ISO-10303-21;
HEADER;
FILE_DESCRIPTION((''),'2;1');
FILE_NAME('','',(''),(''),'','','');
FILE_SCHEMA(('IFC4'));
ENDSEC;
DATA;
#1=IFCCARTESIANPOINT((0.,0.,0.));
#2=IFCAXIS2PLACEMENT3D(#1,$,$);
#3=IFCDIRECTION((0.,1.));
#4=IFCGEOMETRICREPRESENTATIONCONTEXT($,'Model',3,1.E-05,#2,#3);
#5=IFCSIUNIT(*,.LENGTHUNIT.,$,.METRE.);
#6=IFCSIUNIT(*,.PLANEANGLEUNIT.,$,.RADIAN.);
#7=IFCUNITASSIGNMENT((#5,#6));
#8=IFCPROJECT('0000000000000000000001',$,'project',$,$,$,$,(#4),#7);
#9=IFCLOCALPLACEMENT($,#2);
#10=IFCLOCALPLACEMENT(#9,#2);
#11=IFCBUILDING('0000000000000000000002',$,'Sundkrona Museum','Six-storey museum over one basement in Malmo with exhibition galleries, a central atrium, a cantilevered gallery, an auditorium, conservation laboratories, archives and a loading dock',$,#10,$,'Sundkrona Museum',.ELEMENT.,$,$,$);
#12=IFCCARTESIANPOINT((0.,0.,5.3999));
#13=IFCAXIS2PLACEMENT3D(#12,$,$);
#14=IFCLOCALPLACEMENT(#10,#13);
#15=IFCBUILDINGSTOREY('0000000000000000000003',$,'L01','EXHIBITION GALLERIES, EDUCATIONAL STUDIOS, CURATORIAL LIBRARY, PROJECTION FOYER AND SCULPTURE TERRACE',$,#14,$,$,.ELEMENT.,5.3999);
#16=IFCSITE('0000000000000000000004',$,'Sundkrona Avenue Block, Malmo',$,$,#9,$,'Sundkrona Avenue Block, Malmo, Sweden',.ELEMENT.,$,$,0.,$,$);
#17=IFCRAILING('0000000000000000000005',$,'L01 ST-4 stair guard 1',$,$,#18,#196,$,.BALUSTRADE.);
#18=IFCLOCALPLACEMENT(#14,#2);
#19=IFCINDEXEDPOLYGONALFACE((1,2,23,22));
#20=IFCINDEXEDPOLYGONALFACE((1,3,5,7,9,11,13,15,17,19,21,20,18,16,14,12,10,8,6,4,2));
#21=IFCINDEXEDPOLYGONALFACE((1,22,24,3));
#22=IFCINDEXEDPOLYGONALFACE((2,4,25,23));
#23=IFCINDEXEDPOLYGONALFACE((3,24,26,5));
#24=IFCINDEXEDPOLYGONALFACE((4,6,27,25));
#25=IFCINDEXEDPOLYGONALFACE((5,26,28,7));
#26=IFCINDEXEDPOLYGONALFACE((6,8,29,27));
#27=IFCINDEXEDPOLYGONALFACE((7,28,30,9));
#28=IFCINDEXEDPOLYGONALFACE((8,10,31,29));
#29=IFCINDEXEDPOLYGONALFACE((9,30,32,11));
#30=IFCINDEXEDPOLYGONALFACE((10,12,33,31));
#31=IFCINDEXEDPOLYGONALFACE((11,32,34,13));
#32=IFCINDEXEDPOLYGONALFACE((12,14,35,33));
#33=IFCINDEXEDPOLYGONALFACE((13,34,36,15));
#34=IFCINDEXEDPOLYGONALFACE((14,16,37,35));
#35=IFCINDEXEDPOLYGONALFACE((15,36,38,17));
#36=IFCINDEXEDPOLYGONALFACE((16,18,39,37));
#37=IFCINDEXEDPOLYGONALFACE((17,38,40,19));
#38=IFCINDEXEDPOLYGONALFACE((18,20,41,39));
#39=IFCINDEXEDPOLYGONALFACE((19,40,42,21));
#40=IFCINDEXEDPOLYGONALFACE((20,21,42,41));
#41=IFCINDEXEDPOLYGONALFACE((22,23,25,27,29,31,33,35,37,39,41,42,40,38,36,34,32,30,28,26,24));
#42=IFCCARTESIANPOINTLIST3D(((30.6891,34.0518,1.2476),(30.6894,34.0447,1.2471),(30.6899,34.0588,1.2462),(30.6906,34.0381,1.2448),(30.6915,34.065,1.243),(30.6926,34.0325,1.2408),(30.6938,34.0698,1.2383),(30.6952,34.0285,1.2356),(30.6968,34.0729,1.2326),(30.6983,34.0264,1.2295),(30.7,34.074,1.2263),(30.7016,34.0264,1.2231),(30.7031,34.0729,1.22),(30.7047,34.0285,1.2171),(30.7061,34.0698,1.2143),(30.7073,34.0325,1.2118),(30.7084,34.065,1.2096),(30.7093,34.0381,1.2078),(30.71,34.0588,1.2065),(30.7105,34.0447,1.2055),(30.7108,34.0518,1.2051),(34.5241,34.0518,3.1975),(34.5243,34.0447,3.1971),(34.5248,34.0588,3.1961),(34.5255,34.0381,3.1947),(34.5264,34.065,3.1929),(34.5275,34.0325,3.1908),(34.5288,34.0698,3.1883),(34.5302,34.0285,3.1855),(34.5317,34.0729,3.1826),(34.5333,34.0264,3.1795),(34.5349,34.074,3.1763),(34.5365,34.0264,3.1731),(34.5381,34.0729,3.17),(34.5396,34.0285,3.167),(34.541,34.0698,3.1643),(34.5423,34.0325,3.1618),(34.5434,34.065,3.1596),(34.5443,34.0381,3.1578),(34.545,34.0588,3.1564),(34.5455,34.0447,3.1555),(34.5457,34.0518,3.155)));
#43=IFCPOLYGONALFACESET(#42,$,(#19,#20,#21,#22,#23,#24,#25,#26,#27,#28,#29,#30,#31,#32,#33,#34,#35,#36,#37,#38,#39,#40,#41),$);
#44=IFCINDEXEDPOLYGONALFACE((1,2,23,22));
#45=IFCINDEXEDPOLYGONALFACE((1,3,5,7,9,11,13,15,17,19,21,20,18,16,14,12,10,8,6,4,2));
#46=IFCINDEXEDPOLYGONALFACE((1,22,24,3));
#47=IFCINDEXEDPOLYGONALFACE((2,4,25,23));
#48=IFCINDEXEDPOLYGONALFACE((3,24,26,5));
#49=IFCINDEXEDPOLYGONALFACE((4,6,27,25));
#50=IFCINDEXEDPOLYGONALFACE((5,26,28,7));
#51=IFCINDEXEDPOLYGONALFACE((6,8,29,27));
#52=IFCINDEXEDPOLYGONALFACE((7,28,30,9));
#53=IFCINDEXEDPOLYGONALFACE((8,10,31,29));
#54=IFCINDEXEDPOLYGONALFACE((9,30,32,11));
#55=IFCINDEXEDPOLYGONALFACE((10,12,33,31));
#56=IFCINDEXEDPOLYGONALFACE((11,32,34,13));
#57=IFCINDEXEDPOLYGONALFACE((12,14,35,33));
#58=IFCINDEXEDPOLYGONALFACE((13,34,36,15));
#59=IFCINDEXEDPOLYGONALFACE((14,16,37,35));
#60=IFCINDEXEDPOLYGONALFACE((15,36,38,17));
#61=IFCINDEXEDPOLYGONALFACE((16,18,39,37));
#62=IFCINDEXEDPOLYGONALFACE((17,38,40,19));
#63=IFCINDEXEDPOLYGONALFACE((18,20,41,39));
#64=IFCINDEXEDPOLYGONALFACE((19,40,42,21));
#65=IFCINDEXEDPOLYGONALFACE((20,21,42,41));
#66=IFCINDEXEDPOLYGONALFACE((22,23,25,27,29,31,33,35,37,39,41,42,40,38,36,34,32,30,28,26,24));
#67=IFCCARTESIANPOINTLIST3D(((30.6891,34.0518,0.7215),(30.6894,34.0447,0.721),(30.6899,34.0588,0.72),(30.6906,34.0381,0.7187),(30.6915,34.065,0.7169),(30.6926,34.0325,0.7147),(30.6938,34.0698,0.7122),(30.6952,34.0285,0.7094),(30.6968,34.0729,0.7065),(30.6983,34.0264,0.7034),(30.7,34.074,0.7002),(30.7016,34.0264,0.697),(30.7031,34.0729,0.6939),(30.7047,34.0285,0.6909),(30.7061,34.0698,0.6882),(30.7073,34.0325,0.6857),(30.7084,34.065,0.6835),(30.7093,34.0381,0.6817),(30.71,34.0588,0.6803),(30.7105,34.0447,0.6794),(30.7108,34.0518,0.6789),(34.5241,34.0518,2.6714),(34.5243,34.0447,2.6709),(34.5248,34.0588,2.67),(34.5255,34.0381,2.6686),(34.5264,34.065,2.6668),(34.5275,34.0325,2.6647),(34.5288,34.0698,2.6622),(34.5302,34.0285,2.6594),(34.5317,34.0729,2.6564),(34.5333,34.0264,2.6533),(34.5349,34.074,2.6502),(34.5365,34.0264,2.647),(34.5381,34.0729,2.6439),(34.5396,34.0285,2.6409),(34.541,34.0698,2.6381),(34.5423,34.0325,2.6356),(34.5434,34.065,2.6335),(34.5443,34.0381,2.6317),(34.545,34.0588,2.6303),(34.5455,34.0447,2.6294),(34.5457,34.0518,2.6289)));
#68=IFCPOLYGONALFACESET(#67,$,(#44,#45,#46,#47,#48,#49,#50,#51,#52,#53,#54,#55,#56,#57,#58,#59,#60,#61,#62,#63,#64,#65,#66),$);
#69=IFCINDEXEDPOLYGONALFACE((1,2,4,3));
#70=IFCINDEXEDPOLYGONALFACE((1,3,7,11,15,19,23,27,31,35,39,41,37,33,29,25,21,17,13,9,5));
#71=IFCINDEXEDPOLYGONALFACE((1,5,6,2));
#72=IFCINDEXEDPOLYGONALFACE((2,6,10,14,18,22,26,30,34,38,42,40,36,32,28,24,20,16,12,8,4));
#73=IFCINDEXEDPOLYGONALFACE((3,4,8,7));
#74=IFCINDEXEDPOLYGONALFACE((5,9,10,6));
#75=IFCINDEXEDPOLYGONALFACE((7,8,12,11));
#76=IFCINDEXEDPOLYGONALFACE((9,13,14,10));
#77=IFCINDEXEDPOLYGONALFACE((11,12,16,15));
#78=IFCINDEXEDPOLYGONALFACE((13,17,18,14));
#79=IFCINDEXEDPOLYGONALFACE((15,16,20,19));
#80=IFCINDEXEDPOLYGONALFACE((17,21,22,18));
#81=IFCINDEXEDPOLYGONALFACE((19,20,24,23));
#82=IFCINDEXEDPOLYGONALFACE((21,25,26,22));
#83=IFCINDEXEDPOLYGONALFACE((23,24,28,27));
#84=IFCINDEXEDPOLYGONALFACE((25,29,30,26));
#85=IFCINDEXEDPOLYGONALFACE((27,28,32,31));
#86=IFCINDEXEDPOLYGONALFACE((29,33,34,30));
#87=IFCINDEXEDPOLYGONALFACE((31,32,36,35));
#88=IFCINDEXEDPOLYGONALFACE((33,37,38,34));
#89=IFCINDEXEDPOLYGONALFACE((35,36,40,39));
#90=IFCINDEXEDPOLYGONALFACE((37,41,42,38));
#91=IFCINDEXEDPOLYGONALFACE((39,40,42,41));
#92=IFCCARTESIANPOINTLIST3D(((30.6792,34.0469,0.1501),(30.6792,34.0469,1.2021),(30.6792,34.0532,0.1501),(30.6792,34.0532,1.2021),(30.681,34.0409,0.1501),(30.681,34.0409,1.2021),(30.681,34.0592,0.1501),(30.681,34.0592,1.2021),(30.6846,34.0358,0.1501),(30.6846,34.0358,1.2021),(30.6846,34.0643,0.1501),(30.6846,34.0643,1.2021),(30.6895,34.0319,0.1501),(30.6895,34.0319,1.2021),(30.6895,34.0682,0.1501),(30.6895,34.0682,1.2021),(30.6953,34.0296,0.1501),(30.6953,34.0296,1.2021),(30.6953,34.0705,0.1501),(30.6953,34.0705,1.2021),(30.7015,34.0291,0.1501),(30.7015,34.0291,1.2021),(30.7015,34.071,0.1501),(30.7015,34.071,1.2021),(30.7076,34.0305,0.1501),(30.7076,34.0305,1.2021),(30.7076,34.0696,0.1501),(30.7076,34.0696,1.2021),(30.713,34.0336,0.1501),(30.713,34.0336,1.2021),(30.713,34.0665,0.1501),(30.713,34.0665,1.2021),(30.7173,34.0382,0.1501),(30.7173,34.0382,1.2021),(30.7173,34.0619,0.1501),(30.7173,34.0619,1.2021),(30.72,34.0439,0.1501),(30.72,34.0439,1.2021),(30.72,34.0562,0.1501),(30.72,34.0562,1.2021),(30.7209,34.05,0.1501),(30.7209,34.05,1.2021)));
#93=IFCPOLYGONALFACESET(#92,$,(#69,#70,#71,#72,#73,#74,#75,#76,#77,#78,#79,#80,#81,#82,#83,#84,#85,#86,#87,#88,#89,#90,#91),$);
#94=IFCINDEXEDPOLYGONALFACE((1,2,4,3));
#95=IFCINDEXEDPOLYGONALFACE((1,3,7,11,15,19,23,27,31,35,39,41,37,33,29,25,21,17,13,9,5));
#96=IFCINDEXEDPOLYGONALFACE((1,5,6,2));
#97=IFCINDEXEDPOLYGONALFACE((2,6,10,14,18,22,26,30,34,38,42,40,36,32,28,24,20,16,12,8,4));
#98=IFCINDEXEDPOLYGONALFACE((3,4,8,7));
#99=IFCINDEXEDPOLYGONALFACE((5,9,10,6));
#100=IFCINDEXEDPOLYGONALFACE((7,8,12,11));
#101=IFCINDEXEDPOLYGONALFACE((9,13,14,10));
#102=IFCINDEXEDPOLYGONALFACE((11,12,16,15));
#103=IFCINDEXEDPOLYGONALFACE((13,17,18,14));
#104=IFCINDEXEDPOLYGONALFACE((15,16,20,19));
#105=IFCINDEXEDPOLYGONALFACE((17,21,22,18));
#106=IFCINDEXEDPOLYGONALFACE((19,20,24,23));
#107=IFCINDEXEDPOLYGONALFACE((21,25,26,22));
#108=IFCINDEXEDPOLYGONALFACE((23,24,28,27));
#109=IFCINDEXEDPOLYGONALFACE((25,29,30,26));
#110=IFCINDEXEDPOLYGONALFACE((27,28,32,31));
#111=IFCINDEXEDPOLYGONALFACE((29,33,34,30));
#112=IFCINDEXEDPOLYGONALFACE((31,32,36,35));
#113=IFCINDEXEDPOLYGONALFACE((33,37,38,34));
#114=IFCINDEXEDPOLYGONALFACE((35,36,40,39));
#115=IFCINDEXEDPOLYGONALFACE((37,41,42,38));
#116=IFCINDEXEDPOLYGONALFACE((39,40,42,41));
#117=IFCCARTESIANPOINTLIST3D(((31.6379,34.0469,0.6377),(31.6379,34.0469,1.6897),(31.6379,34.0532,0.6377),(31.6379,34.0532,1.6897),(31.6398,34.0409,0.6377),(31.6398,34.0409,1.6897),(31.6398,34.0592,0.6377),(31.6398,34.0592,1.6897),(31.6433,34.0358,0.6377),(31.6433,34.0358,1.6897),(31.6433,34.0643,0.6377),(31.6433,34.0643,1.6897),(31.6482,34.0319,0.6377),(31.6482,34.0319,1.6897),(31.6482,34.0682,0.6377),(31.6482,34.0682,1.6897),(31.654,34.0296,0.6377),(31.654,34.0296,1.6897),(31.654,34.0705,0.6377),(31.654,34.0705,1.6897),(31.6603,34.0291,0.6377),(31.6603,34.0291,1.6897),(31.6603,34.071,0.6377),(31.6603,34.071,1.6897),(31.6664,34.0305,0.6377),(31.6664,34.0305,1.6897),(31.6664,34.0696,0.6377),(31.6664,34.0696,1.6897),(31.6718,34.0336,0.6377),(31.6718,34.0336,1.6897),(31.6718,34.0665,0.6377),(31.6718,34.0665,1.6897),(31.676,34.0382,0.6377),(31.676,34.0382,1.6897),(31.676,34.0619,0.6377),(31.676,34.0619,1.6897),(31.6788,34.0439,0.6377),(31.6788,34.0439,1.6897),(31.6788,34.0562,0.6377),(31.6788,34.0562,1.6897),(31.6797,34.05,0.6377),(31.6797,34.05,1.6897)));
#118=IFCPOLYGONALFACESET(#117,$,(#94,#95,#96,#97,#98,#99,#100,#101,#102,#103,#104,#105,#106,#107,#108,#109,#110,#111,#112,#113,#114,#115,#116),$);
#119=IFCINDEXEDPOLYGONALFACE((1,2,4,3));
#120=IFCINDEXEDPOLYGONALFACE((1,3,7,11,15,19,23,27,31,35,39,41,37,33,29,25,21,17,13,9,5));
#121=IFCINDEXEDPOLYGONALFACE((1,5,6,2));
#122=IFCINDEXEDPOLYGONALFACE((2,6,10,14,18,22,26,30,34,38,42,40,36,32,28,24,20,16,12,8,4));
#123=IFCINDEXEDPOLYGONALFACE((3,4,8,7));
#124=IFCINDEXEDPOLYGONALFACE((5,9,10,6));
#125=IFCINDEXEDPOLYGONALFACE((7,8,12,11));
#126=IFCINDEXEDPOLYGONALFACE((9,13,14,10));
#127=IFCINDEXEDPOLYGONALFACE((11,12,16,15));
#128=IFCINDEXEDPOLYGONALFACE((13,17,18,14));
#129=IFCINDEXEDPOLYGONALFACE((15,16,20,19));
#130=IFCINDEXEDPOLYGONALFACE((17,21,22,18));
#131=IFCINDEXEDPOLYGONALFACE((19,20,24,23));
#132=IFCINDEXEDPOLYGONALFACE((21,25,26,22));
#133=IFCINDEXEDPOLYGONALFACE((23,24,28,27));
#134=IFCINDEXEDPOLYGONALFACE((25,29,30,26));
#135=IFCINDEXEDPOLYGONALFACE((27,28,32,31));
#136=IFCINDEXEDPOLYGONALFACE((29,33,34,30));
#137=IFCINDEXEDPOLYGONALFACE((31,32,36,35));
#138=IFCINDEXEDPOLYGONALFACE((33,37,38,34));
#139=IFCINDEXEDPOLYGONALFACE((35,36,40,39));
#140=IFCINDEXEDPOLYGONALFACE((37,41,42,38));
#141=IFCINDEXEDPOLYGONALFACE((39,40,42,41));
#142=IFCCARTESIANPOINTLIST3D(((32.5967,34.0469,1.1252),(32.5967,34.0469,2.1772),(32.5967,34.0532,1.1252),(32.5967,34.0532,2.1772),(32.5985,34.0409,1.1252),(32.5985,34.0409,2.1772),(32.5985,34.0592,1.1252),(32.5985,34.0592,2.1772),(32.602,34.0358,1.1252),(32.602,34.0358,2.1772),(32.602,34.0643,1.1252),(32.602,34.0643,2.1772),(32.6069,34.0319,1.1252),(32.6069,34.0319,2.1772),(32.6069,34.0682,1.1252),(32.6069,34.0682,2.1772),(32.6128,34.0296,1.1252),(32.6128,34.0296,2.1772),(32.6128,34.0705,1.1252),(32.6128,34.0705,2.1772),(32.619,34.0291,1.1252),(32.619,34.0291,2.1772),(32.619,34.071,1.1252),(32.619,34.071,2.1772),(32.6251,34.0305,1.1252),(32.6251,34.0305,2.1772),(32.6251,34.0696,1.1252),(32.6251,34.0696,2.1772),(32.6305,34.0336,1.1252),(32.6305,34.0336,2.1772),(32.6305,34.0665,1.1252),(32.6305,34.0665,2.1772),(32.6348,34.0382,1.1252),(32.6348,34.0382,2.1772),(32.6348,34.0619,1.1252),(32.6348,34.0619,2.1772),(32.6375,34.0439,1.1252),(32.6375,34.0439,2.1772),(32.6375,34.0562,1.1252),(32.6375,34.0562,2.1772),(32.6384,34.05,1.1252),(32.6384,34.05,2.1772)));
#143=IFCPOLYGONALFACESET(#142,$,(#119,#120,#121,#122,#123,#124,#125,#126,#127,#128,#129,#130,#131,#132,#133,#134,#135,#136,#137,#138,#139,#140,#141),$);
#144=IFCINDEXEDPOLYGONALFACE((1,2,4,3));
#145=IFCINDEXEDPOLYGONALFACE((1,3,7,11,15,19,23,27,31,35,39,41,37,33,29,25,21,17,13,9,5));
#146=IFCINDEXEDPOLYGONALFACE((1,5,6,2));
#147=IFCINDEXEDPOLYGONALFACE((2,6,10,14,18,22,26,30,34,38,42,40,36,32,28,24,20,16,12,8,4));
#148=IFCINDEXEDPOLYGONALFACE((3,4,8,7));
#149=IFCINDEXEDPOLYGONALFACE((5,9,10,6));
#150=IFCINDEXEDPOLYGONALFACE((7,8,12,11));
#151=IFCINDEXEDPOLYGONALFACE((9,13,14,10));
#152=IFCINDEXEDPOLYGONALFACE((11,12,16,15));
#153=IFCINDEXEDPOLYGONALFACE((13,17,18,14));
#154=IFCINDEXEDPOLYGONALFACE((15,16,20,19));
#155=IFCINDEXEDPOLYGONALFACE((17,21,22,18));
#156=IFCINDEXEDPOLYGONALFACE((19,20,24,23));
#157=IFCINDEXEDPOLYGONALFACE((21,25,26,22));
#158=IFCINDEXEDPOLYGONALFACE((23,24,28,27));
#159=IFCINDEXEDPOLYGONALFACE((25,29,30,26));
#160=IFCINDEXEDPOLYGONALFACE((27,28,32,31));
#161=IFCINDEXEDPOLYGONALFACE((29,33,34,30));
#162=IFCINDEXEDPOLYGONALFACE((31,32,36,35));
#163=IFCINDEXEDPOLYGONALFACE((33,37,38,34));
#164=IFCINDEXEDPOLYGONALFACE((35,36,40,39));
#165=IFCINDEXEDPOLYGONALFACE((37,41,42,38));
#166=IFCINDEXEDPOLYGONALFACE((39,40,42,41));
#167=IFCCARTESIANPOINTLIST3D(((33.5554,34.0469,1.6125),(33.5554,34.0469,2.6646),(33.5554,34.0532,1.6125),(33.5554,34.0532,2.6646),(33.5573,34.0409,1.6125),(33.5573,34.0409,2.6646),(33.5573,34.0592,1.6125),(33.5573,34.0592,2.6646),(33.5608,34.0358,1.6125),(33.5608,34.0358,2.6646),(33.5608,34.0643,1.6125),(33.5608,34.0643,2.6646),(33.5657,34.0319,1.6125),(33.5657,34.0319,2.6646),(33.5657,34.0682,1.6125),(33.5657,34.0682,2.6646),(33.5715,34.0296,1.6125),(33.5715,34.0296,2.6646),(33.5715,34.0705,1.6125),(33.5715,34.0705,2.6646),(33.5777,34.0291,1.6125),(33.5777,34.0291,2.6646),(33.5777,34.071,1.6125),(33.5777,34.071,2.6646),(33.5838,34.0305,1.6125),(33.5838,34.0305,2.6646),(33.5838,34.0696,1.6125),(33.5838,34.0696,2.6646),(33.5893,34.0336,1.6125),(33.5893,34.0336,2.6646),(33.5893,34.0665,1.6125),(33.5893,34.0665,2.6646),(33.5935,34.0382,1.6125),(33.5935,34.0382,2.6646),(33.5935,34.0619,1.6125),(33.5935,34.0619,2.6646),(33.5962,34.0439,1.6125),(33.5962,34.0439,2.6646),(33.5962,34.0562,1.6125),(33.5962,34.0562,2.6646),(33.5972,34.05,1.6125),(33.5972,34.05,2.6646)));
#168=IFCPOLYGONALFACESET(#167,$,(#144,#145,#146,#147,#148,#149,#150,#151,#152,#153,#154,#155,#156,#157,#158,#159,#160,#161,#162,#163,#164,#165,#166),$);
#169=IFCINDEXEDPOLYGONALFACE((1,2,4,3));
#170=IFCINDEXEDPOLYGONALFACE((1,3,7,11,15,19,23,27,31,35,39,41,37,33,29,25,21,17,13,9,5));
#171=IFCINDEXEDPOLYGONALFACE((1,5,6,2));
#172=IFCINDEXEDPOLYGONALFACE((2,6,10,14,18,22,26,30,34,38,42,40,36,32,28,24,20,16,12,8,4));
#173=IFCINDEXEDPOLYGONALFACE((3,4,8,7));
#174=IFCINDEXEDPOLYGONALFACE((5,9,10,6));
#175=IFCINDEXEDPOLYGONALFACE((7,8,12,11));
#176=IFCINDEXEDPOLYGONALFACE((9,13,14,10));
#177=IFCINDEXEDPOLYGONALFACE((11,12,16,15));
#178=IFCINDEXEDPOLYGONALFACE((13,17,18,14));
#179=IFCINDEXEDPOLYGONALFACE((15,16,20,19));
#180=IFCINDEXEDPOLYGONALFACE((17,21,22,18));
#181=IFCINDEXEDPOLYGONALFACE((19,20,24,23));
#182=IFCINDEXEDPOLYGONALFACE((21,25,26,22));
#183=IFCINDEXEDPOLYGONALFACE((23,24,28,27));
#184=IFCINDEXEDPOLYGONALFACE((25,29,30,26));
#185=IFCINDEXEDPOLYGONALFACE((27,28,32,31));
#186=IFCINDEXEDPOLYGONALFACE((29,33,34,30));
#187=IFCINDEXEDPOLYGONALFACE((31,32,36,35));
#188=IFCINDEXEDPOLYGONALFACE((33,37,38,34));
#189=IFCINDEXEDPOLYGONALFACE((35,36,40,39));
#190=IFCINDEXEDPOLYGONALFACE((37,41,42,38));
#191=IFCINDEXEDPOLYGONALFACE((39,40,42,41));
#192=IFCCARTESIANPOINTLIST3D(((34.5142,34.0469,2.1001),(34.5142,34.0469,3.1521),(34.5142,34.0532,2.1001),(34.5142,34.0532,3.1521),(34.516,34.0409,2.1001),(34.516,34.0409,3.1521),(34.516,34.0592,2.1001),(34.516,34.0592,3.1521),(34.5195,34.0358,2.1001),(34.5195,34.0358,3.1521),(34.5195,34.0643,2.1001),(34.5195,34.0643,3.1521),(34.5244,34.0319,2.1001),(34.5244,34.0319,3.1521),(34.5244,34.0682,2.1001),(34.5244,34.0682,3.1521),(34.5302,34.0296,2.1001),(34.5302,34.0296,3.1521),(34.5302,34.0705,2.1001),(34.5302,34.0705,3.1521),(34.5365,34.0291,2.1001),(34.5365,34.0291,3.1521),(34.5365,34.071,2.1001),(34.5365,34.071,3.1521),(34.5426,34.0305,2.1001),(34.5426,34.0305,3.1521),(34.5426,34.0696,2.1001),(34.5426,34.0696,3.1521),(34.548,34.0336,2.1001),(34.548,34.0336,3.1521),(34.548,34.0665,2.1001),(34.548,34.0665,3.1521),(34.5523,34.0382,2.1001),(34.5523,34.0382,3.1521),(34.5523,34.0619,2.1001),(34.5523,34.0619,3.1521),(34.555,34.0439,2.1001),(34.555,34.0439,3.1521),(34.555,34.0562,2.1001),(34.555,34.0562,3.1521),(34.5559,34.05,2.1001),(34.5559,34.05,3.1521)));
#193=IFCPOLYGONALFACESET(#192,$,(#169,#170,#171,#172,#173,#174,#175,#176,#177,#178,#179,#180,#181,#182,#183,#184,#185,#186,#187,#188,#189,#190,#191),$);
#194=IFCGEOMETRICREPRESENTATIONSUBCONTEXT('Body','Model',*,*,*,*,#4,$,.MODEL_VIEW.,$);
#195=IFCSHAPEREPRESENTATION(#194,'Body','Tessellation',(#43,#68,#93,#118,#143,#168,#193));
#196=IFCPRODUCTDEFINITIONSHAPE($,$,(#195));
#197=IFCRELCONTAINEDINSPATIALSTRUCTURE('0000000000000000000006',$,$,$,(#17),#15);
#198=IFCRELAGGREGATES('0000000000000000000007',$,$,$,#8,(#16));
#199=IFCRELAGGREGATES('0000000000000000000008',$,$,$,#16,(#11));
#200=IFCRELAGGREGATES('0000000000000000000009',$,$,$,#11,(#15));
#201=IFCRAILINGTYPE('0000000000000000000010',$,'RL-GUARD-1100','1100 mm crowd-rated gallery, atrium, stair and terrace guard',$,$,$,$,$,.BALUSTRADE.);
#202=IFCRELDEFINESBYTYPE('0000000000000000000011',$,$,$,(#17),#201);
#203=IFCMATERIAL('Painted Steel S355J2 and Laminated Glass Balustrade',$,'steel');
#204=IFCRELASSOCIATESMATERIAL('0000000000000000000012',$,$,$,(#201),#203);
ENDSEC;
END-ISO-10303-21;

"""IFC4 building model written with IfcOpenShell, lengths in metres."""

from ifc_helpers import new_model, si_unit, direction, frame, origin, origin_2d, place, context, subcontext, project, spatial, circle, extrude, material, type_object, element, save


model = new_model("IFC4")

# Units and contexts
model_context = context("Model", 3, precision=1e-05, world=origin(), true_north=direction((0.0, 1.0)))
body_context = subcontext(model_context, "Body", "Model", "MODEL_VIEW")
ifc_project = project(units=[si_unit("LENGTHUNIT", "METRE"), si_unit("PLANEANGLEUNIT", "RADIAN")], contexts=[model_context])

# Site, building, storey
site_placement = place(None, origin())
site = spatial("IfcSite", under=ifc_project, at=site_placement, Name="Sundkrona Avenue Block, Malmo", LongName="Sundkrona Avenue Block, Malmo, Sweden", CompositionType="ELEMENT", RefElevation=0.0)
building_placement = place(site_placement, origin())
building = spatial("IfcBuilding", under=site, at=building_placement, Name="Sundkrona Museum", Description="Six-storey museum over one basement in Malmo with exhibition galleries, a central atrium, a cantilevered gallery, an auditorium, conservation laboratories, archives and a loading dock", LongName="Sundkrona Museum", CompositionType="ELEMENT")
storey_placement = place(building_placement, frame((0.0, 0.0, 5.3999)))
storey = spatial("IfcBuildingStorey", under=building, at=storey_placement, Name="L01", Description="EXHIBITION GALLERIES, EDUCATIONAL STUDIOS, CURATORIAL LIBRARY, PROJECTION FOYER AND SCULPTURE TERRACE", CompositionType="ELEMENT", Elevation=5.3999)

# Railing
ifc_material_1 = material(Name="Painted Steel S355J2 and Laminated Glass Balustrade", Category="steel")
railing_type = type_object("IfcRailingType", Name="RL-GUARD-1100", Description="1100 mm crowd-rated gallery, atrium, stair and terrace guard", PredefinedType="BALUSTRADE", material=ifc_material_1)
railing_1_placement = place(storey_placement, frame((30.7, 34.05, 0.1501)))
element("IfcRailing", 1, at=railing_1_placement, inside=storey, type_object=railing_type, Name="L01 ST-4 stair guard 1", PredefinedType="BALUSTRADE", context=body_context, shape_type="SweptSolid", body=[
    extrude(circle(Radius=0.0239, at=origin_2d()), frame((0.0, 0.0, 1.0762), z_axis=(0.891388, 0.0, 0.453241), x_axis=(0.0, 1.0, 0.0)), (0.0, 0.0, 1.0), 4.3022),
    extrude(circle(Radius=0.0239, at=origin_2d()), frame((0.0, 0.0, 0.55), z_axis=(0.891388, 0.0, 0.453241), x_axis=(0.0, 1.0, 0.0)), (0.0, 0.0, 1.0), 4.3022),
    extrude(circle(Radius=0.021, at=origin_2d()), origin(), (0.0, 0.0, 1.0), 1.052),
    extrude(circle(Radius=0.021, at=origin_2d()), frame((0.9587, 0.0, 0.4875)), (0.0, 0.0, 1.0), 1.052),
    extrude(circle(Radius=0.021, at=origin_2d()), frame((1.9175, 0.0, 0.9751)), (0.0, 0.0, 1.0), 1.052),
    extrude(circle(Radius=0.021, at=origin_2d()), frame((2.8762, 0.0, 1.4624)), (0.0, 0.0, 1.0), 1.052),
    extrude(circle(Radius=0.021, at=origin_2d()), frame((3.835, 0.0, 1.95)), (0.0, 0.0, 1.0), 1.052),
])

save(model, "model.ifc")
